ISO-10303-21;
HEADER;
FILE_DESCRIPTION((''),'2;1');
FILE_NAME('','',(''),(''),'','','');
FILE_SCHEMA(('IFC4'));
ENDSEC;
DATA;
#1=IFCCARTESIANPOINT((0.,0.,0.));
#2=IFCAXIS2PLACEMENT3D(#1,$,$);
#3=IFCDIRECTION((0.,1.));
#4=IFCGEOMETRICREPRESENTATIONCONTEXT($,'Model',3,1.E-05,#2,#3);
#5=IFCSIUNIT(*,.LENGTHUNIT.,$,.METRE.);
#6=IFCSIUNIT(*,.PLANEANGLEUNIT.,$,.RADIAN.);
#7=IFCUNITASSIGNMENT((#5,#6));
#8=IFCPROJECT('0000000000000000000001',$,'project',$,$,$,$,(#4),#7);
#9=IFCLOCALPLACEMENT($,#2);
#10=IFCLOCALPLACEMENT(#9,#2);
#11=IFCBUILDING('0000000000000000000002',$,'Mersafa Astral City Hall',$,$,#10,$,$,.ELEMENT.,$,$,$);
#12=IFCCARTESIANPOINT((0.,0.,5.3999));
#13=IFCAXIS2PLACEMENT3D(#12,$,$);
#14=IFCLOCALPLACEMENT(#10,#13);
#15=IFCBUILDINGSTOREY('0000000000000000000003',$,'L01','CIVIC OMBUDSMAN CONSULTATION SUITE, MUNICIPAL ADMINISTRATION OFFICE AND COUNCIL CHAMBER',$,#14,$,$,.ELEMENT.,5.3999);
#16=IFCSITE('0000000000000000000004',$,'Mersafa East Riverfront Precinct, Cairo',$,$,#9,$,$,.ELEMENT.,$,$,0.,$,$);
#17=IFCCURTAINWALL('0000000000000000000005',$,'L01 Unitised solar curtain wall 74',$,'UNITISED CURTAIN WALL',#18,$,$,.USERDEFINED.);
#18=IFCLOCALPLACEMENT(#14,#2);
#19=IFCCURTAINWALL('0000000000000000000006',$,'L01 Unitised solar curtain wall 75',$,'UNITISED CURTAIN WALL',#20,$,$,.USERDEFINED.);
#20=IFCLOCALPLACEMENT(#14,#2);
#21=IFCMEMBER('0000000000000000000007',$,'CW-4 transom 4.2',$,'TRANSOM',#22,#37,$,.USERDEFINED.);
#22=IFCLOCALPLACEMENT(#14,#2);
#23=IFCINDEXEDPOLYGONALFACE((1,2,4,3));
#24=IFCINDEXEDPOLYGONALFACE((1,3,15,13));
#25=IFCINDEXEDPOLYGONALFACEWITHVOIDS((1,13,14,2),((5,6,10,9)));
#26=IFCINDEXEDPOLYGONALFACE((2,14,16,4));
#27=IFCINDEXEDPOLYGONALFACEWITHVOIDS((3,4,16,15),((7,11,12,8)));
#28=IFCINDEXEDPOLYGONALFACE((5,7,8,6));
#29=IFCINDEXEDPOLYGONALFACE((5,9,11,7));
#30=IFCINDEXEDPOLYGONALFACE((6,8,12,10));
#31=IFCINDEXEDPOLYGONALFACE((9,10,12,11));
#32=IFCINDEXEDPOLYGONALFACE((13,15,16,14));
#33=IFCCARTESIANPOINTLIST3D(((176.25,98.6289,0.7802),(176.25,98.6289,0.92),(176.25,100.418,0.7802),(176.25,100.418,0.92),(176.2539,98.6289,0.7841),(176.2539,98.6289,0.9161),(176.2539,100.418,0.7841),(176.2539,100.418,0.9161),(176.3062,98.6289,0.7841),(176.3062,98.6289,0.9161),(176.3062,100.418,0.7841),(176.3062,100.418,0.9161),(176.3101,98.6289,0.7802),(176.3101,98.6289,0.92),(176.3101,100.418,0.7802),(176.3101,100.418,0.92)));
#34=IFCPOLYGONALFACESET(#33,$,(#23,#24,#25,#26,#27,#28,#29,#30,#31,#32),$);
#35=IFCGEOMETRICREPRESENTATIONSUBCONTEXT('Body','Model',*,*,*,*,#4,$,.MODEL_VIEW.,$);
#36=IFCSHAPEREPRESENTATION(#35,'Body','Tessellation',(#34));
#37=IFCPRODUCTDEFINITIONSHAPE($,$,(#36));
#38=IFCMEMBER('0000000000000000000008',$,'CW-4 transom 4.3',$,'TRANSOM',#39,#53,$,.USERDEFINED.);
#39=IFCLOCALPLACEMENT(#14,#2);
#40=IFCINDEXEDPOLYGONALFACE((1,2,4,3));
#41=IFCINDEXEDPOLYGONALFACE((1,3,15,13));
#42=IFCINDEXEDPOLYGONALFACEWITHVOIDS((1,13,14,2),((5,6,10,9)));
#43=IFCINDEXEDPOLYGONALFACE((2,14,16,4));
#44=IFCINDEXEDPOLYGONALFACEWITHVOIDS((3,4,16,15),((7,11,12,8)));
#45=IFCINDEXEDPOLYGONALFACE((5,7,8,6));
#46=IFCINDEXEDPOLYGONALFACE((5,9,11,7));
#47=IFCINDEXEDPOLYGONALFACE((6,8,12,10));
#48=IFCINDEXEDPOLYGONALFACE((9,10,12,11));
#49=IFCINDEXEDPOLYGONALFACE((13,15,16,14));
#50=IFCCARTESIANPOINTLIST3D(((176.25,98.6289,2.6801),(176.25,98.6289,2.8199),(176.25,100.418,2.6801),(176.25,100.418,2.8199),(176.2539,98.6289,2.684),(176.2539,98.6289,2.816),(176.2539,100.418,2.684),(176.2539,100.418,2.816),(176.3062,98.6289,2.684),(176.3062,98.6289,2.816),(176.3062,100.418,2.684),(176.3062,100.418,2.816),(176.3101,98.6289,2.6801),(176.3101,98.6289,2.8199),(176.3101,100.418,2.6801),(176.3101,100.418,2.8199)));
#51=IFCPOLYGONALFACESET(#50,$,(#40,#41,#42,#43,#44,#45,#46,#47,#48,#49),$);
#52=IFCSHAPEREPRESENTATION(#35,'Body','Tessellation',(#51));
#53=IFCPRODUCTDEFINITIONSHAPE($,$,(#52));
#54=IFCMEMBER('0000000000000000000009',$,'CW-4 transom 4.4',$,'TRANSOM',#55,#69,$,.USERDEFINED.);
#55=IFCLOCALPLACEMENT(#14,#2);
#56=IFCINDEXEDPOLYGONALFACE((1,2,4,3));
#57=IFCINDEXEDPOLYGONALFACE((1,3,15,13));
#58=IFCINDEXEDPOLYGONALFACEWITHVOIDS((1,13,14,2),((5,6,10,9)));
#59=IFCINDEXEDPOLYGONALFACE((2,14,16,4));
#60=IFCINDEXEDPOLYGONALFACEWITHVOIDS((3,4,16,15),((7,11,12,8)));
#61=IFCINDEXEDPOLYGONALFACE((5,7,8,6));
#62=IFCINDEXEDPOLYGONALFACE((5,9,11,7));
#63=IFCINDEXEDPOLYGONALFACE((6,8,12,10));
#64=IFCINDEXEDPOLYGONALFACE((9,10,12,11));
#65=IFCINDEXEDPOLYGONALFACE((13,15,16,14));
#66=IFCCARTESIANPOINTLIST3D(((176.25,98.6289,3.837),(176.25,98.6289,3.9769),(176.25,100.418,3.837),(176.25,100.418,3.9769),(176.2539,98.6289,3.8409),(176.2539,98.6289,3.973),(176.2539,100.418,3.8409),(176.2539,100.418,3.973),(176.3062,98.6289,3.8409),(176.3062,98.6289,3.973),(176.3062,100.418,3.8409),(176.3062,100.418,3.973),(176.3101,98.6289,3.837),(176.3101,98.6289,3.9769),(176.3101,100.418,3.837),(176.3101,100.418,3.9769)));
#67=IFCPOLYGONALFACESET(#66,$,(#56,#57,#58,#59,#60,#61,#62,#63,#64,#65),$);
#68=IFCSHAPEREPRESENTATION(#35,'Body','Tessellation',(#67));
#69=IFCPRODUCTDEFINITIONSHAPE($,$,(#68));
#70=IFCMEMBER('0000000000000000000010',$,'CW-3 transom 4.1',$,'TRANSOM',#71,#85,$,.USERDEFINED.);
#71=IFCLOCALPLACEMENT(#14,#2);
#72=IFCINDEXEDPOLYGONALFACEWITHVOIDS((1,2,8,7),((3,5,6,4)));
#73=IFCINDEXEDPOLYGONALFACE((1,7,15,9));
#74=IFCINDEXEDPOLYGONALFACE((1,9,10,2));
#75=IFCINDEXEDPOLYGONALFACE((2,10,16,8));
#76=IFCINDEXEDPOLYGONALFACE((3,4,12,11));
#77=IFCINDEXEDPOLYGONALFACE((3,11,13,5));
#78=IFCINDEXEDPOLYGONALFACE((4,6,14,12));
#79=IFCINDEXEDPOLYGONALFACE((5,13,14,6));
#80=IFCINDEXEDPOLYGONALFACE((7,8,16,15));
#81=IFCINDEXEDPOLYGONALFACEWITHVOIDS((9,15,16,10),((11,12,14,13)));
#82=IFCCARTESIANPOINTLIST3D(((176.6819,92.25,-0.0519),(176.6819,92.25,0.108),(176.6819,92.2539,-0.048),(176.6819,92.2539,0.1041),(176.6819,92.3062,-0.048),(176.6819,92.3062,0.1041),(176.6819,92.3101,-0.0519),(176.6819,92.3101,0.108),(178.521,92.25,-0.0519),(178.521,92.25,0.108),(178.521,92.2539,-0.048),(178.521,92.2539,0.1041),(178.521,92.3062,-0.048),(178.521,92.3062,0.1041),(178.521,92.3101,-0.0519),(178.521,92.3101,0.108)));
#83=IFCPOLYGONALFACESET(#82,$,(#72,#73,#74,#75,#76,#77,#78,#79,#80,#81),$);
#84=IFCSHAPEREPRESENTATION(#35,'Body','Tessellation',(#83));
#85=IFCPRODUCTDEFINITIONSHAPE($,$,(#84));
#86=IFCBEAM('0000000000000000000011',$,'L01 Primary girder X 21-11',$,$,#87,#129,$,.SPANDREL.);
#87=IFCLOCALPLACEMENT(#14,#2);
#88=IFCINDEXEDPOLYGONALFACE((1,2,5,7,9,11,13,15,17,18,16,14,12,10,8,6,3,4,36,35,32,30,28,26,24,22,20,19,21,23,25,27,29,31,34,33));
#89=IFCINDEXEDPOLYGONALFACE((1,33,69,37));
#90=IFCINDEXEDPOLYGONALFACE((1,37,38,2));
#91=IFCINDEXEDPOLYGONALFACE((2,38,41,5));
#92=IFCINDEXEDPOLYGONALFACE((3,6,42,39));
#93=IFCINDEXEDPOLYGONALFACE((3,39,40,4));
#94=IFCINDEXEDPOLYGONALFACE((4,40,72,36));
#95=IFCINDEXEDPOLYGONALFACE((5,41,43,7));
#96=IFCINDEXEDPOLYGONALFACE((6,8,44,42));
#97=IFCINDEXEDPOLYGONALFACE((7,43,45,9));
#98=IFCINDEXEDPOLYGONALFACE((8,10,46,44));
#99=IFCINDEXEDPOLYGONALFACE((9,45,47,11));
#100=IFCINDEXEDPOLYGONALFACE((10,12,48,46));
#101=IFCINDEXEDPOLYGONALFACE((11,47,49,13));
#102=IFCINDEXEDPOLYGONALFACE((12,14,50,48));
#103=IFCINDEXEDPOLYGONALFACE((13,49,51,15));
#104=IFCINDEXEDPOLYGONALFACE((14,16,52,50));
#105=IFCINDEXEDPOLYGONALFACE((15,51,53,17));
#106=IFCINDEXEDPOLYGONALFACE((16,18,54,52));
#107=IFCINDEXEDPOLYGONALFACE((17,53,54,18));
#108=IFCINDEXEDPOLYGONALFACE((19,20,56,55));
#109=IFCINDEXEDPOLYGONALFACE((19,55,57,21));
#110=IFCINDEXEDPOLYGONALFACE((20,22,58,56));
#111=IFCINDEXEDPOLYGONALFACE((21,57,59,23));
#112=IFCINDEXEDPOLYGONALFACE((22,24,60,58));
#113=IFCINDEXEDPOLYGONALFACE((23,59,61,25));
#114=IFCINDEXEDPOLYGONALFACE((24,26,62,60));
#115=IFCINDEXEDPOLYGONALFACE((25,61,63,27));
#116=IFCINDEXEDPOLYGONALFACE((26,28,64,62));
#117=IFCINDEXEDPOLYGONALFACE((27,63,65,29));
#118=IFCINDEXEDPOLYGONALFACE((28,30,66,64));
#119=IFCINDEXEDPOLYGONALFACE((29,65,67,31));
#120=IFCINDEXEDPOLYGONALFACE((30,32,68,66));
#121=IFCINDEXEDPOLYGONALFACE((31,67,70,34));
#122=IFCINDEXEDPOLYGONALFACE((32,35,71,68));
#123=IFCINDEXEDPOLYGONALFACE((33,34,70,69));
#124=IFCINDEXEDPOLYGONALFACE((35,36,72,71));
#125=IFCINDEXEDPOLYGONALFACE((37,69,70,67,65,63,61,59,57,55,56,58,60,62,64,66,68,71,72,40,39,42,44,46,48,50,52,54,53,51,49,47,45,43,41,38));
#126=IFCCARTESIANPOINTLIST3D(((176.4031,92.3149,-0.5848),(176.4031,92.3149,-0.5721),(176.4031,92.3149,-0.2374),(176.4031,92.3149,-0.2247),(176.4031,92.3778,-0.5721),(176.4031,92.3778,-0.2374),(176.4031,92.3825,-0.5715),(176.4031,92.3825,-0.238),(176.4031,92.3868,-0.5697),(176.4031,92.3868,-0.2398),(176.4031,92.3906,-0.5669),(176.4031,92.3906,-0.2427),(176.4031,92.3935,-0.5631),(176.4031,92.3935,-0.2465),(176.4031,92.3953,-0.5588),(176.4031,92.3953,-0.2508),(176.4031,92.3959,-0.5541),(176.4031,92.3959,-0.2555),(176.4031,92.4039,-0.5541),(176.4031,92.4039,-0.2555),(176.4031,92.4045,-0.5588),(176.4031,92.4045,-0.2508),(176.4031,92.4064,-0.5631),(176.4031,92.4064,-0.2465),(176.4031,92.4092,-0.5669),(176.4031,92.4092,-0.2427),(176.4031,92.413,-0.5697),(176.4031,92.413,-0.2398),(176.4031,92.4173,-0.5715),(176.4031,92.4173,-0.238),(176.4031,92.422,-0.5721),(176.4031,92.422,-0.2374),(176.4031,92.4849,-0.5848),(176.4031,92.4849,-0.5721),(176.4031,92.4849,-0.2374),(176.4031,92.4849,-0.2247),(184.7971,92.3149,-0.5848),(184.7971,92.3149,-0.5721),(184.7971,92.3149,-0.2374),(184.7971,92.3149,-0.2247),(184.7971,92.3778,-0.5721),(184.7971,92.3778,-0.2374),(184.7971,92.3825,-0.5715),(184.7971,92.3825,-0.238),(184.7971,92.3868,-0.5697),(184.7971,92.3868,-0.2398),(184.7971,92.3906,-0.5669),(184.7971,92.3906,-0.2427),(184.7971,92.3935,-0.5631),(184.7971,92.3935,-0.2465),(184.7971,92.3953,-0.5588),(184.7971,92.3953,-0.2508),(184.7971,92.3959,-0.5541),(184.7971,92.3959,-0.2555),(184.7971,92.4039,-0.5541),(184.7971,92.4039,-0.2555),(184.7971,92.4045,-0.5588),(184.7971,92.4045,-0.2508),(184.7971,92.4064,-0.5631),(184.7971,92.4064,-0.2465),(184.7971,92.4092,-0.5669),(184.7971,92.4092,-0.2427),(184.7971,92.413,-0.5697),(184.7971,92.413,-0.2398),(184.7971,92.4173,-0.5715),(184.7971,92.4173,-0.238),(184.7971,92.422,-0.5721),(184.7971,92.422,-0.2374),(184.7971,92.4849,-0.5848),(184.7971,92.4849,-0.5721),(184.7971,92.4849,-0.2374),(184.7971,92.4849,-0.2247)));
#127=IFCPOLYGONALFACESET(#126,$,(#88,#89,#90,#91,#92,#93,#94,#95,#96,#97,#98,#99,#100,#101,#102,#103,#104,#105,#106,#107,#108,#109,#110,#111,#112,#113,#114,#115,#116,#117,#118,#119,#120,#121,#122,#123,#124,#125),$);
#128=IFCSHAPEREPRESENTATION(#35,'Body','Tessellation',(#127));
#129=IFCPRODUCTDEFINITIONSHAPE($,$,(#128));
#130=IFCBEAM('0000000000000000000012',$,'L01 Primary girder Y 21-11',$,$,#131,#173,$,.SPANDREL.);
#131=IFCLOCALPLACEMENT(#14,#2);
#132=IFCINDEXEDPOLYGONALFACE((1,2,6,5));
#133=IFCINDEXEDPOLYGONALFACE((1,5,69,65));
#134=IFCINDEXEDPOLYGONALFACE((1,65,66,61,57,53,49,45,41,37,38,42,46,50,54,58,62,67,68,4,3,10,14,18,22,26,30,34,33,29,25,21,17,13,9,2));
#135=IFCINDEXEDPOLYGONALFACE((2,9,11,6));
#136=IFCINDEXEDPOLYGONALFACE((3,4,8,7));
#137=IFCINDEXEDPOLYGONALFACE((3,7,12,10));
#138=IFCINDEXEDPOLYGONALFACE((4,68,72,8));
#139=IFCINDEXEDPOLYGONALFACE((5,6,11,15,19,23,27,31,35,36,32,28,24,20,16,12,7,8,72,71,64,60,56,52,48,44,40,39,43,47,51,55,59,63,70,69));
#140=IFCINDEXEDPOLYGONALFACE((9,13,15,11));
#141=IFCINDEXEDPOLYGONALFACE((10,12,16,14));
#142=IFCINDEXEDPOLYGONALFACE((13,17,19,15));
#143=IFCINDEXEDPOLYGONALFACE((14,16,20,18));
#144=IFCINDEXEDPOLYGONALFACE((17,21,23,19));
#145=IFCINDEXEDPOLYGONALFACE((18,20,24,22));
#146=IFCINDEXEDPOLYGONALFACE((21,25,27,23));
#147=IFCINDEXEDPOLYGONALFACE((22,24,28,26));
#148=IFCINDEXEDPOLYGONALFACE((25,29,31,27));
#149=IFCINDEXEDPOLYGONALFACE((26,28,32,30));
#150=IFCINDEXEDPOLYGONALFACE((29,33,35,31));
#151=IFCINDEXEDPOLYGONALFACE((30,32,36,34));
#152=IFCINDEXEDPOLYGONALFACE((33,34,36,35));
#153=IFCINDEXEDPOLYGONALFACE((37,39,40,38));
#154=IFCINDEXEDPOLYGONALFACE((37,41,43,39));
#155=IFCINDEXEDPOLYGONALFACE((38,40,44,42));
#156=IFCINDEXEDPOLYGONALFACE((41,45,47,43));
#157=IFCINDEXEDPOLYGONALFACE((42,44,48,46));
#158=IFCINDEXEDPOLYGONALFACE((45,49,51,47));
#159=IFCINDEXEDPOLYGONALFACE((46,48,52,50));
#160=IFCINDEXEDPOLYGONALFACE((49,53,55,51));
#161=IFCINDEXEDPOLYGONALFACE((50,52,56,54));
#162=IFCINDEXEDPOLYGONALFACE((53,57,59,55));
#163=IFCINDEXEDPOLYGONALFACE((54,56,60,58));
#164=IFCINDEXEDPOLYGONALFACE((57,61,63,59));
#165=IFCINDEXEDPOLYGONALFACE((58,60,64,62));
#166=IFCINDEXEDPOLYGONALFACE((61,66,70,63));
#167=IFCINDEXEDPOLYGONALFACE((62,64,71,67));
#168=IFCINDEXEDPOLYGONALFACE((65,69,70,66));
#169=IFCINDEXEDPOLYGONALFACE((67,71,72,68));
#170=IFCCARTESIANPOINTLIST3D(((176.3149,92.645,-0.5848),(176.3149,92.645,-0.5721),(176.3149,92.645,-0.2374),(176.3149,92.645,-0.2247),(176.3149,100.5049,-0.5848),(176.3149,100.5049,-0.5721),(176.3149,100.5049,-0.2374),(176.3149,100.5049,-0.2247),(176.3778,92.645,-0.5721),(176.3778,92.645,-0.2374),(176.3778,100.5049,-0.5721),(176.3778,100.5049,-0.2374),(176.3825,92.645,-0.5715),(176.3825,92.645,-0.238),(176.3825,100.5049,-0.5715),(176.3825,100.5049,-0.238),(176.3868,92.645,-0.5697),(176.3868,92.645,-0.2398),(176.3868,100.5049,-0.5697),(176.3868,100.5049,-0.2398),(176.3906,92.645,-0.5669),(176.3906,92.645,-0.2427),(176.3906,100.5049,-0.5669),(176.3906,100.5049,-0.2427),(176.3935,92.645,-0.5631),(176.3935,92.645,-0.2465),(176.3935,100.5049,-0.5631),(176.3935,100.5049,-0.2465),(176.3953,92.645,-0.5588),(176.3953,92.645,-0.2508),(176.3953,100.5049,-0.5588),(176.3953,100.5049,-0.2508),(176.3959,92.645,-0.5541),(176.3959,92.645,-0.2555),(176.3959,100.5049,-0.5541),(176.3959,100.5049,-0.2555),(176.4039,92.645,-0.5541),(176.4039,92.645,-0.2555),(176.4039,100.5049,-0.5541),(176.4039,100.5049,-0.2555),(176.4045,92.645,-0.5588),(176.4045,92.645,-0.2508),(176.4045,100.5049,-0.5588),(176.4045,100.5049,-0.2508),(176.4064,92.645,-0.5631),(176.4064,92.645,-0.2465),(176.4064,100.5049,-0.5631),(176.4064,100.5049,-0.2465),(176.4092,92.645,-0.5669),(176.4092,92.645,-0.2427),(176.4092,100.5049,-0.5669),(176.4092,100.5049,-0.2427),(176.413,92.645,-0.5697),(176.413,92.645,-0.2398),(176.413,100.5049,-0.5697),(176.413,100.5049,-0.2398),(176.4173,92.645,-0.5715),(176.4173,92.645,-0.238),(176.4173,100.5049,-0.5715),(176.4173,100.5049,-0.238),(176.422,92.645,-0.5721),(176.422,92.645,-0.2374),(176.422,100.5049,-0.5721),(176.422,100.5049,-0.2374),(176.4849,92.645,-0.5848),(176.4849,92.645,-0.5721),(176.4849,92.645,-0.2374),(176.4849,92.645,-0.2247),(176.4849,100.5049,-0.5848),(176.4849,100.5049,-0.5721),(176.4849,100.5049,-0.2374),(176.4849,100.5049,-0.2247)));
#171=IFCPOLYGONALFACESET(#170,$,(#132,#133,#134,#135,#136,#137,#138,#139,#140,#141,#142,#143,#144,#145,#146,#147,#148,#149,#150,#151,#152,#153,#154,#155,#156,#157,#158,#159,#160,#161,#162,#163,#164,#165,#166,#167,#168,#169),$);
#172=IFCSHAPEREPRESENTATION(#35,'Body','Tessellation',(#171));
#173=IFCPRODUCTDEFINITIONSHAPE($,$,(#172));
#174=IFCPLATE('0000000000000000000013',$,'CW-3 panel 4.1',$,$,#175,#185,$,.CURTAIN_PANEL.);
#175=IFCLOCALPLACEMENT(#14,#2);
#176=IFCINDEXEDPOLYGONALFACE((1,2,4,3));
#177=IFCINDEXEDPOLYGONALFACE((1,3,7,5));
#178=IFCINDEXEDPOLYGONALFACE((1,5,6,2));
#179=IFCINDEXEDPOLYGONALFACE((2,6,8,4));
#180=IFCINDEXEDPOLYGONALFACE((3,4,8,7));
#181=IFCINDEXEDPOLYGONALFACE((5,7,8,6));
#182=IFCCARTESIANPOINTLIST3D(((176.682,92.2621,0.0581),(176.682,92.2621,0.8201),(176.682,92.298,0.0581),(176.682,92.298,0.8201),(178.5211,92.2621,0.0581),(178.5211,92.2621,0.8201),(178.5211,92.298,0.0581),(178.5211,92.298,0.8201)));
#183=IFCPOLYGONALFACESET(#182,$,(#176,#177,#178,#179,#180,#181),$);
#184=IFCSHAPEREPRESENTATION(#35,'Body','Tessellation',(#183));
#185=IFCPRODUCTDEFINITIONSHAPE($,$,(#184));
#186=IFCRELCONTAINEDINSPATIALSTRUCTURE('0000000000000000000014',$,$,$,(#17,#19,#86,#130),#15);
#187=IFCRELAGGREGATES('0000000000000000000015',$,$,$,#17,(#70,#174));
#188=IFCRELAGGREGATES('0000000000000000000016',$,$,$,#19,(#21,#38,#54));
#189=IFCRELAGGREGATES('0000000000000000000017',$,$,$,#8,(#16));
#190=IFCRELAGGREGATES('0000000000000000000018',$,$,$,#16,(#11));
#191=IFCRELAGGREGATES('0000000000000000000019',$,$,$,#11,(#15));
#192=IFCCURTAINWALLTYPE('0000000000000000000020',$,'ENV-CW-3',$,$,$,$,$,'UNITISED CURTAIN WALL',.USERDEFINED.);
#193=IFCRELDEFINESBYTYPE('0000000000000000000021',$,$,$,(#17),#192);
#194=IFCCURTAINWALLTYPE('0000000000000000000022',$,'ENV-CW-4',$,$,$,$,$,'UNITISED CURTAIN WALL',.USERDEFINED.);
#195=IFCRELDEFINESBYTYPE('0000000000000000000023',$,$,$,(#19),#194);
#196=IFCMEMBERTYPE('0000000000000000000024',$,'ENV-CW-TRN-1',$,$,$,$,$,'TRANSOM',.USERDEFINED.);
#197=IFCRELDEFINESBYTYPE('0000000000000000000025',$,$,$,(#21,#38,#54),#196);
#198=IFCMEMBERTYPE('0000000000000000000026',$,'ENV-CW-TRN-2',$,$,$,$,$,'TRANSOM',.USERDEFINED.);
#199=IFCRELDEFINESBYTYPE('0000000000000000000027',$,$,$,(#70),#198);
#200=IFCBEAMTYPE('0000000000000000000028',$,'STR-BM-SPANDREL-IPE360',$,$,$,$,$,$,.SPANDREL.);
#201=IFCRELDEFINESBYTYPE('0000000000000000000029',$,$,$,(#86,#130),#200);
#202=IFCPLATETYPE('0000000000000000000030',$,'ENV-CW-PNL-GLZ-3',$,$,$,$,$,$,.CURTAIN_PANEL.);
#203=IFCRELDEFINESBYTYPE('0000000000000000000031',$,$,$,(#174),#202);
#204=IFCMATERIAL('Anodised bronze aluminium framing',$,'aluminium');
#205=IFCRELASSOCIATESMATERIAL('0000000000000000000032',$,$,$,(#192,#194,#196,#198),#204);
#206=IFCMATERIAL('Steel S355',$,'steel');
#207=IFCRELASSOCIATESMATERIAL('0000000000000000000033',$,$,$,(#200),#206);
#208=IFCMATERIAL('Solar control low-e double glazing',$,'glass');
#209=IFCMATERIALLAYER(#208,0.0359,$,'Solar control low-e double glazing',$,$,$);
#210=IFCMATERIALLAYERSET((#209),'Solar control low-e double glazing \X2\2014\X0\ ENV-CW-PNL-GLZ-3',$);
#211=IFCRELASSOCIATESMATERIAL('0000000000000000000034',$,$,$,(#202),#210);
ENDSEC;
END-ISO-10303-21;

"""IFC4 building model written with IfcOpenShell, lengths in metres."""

from ifc_helpers import new_model, si_unit, direction, frame, origin, origin_2d, place, context, subcontext, project, spatial, rectangle, hollow_rectangle, i_section, extrude, material, layer, layer_set, material_profile, profile_set, type_object, element, aggregate, save


model = new_model("IFC4")

# Units and contexts
model_context = context("Model", 3, precision=1e-05, world=origin(), true_north=direction((0.0, 1.0)))
body_context = subcontext(model_context, "Body", "Model", "MODEL_VIEW")
ifc_project = project(units=[si_unit("LENGTHUNIT", "METRE"), si_unit("PLANEANGLEUNIT", "RADIAN")], contexts=[model_context])

# Site, building, storey
site_placement = place(None, origin())
site = spatial("IfcSite", under=ifc_project, at=site_placement, Name="Mersafa East Riverfront Precinct, Cairo", CompositionType="ELEMENT", RefElevation=0.0)
building_placement = place(site_placement, origin())
building = spatial("IfcBuilding", under=site, at=building_placement, Name="Mersafa Astral City Hall", CompositionType="ELEMENT")
storey_placement = place(building_placement, frame((0.0, 0.0, 5.3999)))
storey = spatial("IfcBuildingStorey", under=building, at=storey_placement, Name="L01", Description="CIVIC OMBUDSMAN CONSULTATION SUITE, MUNICIPAL ADMINISTRATION OFFICE AND COUNCIL CHAMBER", CompositionType="ELEMENT", Elevation=5.3999)

# Shared definitions
ifc_material_1 = material(Name="Steel S355", Category="steel")

# Curtain wall
ifc_material_2 = material(Name="Anodised bronze aluminium framing", Category="aluminium")
curtain_wall_type_1 = type_object("IfcCurtainWallType", Name="ENV-CW-3", ElementType="UNITISED CURTAIN WALL", PredefinedType="USERDEFINED", material=ifc_material_2)
curtain_wall_1_placement = place(storey_placement, origin())
curtain_wall_1 = element("IfcCurtainWall", 1, at=curtain_wall_1_placement, inside=storey, type_object=curtain_wall_type_1, Name="L01 Unitised solar curtain wall 74", ObjectType="UNITISED CURTAIN WALL", PredefinedType="USERDEFINED")

# Curtain wall, members
curtain_wall_type_2 = type_object("IfcCurtainWallType", Name="ENV-CW-4", ElementType="UNITISED CURTAIN WALL", PredefinedType="USERDEFINED", material=ifc_material_2)
curtain_wall_2_placement = place(storey_placement, origin())
curtain_wall_2 = element("IfcCurtainWall", 2, at=curtain_wall_2_placement, inside=storey, type_object=curtain_wall_type_2, Name="L01 Unitised solar curtain wall 75", ObjectType="UNITISED CURTAIN WALL", PredefinedType="USERDEFINED")
ifc_material_profile_1 = material_profile(ifc_material_2, hollow_rectangle(XDim=0.0601, YDim=0.1399, WallThickness=0.0039, at=origin_2d()), Name="RHS 60x140x4")
ifc_profile_set_1 = profile_set([ifc_material_profile_1], Name="Anodised bronze aluminium framing")
member_type_1 = type_object("IfcMemberType", Name="ENV-CW-TRN-1", ElementType="TRANSOM", PredefinedType="USERDEFINED", material=ifc_profile_set_1)
member_1_placement = place(storey_placement, frame((176.28, 98.6289, 0.8501), z_axis=(0.0, 1.0, 0.0), x_axis=(-1.0, 0.0, 0.0)))
member_1 = element("IfcMember", 3, at=member_1_placement, type_object=member_type_1, Name="CW-4 transom 4.2", ObjectType="TRANSOM", PredefinedType="USERDEFINED", context=body_context, shape_type="SweptSolid", body=[
    extrude(hollow_rectangle(XDim=0.0601, YDim=0.1399, WallThickness=0.0039, at=origin_2d()), origin(), (0.0, 0.0, 1.0), 1.7891),
])
member_2_placement = place(storey_placement, frame((176.28, 98.6289, 2.75), z_axis=(0.0, 1.0, 0.0), x_axis=(-1.0, 0.0, 0.0)))
member_2 = element("IfcMember", 4, at=member_2_placement, type_object=member_type_1, Name="CW-4 transom 4.3", ObjectType="TRANSOM", PredefinedType="USERDEFINED", context=body_context, shape_type="SweptSolid", body=[
    extrude(hollow_rectangle(XDim=0.0601, YDim=0.1399, WallThickness=0.0039, at=origin_2d()), origin(), (0.0, 0.0, 1.0), 1.7891),
])
member_3_placement = place(storey_placement, frame((176.28, 98.6289, 3.907), z_axis=(0.0, 1.0, 0.0), x_axis=(-1.0, 0.0, 0.0)))
member_3 = element("IfcMember", 5, at=member_3_placement, type_object=member_type_1, Name="CW-4 transom 4.4", ObjectType="TRANSOM", PredefinedType="USERDEFINED", context=body_context, shape_type="SweptSolid", body=[
    extrude(hollow_rectangle(XDim=0.0601, YDim=0.1399, WallThickness=0.0039, at=origin_2d()), origin(), (0.0, 0.0, 1.0), 1.7891),
])

# Member
ifc_material_profile_2 = material_profile(ifc_material_2, hollow_rectangle(XDim=0.0601, YDim=0.1599, WallThickness=0.0039, at=origin_2d()), Name="RHS 60x160x4")
ifc_profile_set_2 = profile_set([ifc_material_profile_2], Name="Anodised bronze aluminium framing")
member_type_2 = type_object("IfcMemberType", Name="ENV-CW-TRN-2", ElementType="TRANSOM", PredefinedType="USERDEFINED", material=ifc_profile_set_2)
member_4_placement = place(storey_placement, frame((178.521, 92.28, 0.0281), z_axis=(-1.0, 0.0, 0.0), x_axis=(0.0, -1.0, 0.0)))
member_4 = element("IfcMember", 6, at=member_4_placement, type_object=member_type_2, Name="CW-3 transom 4.1", ObjectType="TRANSOM", PredefinedType="USERDEFINED", context=body_context, shape_type="SweptSolid", body=[
    extrude(hollow_rectangle(XDim=0.0601, YDim=0.1599, WallThickness=0.0039, at=origin_2d()), origin(), (0.0, 0.0, 1.0), 1.8391),
])

# Beams
ifc_material_profile_3 = material_profile(ifc_material_1, i_section(OverallWidth=0.1699, OverallDepth=0.3601, WebThickness=0.0081, FlangeThickness=0.0127, FilletRadius=0.0181, at=origin_2d()), Name="IPE 360")
ifc_profile_set_3 = profile_set([ifc_material_profile_3], Name="Steel S355")
beam_type = type_object("IfcBeamType", Name="STR-BM-SPANDREL-IPE360", PredefinedType="SPANDREL", material=ifc_profile_set_3)
beam_1_placement = place(storey_placement, frame((176.4031, 92.3999, -0.4048), z_axis=(1.0, 0.0, 0.0), x_axis=(0.0, 1.0, 0.0)))
element("IfcBeam", 7, at=beam_1_placement, inside=storey, type_object=beam_type, Name="L01 Primary girder X 21-11", PredefinedType="SPANDREL", context=body_context, shape_type="SweptSolid", body=[
    extrude(i_section(OverallWidth=0.1699, OverallDepth=0.3601, WebThickness=0.0081, FlangeThickness=0.0127, FilletRadius=0.0181, at=origin_2d()), origin(), (0.0, 0.0, 1.0), 8.394),
])
beam_2_placement = place(storey_placement, frame((176.3999, 92.645, -0.4048), z_axis=(0.0, 1.0, 0.0), x_axis=(-1.0, 0.0, 0.0)))
element("IfcBeam", 8, at=beam_2_placement, inside=storey, type_object=beam_type, Name="L01 Primary girder Y 21-11", PredefinedType="SPANDREL", context=body_context, shape_type="SweptSolid", body=[
    extrude(i_section(OverallWidth=0.1699, OverallDepth=0.3601, WebThickness=0.0081, FlangeThickness=0.0127, FilletRadius=0.0181, at=origin_2d()), origin(), (0.0, 0.0, 1.0), 7.8599),
])

# Plate
ifc_material_3 = material(Name="Solar control low-e double glazing", Category="glass")
ifc_layer_1 = layer(ifc_material_3, 0.0359, Name="Solar control low-e double glazing")
ifc_layer_set_1 = layer_set([ifc_layer_1], Name="Solar control low-e double glazing — ENV-CW-PNL-GLZ-3")
plate_type_1 = type_object("IfcPlateType", Name="ENV-CW-PNL-GLZ-3", PredefinedType="CURTAIN_PANEL", material=ifc_layer_set_1)
plate_1_placement = place(storey_placement, frame((177.6016, 92.28, 0.0581), z_axis=(0.0, 0.0, 1.0), x_axis=(-1.0, 0.0, 0.0)))
plate_1 = element("IfcPlate", 9, at=plate_1_placement, type_object=plate_type_1, Name="CW-3 panel 4.1", PredefinedType="CURTAIN_PANEL", context=body_context, shape_type="SweptSolid", body=[
    extrude(rectangle(XDim=1.8391, YDim=0.0359, at=origin_2d()), origin(), (0.0, 0.0, 1.0), 0.762),
])
aggregate(curtain_wall_1, [member_4, plate_1])
aggregate(curtain_wall_2, [member_1, member_2, member_3])

save(model, "model.ifc")
